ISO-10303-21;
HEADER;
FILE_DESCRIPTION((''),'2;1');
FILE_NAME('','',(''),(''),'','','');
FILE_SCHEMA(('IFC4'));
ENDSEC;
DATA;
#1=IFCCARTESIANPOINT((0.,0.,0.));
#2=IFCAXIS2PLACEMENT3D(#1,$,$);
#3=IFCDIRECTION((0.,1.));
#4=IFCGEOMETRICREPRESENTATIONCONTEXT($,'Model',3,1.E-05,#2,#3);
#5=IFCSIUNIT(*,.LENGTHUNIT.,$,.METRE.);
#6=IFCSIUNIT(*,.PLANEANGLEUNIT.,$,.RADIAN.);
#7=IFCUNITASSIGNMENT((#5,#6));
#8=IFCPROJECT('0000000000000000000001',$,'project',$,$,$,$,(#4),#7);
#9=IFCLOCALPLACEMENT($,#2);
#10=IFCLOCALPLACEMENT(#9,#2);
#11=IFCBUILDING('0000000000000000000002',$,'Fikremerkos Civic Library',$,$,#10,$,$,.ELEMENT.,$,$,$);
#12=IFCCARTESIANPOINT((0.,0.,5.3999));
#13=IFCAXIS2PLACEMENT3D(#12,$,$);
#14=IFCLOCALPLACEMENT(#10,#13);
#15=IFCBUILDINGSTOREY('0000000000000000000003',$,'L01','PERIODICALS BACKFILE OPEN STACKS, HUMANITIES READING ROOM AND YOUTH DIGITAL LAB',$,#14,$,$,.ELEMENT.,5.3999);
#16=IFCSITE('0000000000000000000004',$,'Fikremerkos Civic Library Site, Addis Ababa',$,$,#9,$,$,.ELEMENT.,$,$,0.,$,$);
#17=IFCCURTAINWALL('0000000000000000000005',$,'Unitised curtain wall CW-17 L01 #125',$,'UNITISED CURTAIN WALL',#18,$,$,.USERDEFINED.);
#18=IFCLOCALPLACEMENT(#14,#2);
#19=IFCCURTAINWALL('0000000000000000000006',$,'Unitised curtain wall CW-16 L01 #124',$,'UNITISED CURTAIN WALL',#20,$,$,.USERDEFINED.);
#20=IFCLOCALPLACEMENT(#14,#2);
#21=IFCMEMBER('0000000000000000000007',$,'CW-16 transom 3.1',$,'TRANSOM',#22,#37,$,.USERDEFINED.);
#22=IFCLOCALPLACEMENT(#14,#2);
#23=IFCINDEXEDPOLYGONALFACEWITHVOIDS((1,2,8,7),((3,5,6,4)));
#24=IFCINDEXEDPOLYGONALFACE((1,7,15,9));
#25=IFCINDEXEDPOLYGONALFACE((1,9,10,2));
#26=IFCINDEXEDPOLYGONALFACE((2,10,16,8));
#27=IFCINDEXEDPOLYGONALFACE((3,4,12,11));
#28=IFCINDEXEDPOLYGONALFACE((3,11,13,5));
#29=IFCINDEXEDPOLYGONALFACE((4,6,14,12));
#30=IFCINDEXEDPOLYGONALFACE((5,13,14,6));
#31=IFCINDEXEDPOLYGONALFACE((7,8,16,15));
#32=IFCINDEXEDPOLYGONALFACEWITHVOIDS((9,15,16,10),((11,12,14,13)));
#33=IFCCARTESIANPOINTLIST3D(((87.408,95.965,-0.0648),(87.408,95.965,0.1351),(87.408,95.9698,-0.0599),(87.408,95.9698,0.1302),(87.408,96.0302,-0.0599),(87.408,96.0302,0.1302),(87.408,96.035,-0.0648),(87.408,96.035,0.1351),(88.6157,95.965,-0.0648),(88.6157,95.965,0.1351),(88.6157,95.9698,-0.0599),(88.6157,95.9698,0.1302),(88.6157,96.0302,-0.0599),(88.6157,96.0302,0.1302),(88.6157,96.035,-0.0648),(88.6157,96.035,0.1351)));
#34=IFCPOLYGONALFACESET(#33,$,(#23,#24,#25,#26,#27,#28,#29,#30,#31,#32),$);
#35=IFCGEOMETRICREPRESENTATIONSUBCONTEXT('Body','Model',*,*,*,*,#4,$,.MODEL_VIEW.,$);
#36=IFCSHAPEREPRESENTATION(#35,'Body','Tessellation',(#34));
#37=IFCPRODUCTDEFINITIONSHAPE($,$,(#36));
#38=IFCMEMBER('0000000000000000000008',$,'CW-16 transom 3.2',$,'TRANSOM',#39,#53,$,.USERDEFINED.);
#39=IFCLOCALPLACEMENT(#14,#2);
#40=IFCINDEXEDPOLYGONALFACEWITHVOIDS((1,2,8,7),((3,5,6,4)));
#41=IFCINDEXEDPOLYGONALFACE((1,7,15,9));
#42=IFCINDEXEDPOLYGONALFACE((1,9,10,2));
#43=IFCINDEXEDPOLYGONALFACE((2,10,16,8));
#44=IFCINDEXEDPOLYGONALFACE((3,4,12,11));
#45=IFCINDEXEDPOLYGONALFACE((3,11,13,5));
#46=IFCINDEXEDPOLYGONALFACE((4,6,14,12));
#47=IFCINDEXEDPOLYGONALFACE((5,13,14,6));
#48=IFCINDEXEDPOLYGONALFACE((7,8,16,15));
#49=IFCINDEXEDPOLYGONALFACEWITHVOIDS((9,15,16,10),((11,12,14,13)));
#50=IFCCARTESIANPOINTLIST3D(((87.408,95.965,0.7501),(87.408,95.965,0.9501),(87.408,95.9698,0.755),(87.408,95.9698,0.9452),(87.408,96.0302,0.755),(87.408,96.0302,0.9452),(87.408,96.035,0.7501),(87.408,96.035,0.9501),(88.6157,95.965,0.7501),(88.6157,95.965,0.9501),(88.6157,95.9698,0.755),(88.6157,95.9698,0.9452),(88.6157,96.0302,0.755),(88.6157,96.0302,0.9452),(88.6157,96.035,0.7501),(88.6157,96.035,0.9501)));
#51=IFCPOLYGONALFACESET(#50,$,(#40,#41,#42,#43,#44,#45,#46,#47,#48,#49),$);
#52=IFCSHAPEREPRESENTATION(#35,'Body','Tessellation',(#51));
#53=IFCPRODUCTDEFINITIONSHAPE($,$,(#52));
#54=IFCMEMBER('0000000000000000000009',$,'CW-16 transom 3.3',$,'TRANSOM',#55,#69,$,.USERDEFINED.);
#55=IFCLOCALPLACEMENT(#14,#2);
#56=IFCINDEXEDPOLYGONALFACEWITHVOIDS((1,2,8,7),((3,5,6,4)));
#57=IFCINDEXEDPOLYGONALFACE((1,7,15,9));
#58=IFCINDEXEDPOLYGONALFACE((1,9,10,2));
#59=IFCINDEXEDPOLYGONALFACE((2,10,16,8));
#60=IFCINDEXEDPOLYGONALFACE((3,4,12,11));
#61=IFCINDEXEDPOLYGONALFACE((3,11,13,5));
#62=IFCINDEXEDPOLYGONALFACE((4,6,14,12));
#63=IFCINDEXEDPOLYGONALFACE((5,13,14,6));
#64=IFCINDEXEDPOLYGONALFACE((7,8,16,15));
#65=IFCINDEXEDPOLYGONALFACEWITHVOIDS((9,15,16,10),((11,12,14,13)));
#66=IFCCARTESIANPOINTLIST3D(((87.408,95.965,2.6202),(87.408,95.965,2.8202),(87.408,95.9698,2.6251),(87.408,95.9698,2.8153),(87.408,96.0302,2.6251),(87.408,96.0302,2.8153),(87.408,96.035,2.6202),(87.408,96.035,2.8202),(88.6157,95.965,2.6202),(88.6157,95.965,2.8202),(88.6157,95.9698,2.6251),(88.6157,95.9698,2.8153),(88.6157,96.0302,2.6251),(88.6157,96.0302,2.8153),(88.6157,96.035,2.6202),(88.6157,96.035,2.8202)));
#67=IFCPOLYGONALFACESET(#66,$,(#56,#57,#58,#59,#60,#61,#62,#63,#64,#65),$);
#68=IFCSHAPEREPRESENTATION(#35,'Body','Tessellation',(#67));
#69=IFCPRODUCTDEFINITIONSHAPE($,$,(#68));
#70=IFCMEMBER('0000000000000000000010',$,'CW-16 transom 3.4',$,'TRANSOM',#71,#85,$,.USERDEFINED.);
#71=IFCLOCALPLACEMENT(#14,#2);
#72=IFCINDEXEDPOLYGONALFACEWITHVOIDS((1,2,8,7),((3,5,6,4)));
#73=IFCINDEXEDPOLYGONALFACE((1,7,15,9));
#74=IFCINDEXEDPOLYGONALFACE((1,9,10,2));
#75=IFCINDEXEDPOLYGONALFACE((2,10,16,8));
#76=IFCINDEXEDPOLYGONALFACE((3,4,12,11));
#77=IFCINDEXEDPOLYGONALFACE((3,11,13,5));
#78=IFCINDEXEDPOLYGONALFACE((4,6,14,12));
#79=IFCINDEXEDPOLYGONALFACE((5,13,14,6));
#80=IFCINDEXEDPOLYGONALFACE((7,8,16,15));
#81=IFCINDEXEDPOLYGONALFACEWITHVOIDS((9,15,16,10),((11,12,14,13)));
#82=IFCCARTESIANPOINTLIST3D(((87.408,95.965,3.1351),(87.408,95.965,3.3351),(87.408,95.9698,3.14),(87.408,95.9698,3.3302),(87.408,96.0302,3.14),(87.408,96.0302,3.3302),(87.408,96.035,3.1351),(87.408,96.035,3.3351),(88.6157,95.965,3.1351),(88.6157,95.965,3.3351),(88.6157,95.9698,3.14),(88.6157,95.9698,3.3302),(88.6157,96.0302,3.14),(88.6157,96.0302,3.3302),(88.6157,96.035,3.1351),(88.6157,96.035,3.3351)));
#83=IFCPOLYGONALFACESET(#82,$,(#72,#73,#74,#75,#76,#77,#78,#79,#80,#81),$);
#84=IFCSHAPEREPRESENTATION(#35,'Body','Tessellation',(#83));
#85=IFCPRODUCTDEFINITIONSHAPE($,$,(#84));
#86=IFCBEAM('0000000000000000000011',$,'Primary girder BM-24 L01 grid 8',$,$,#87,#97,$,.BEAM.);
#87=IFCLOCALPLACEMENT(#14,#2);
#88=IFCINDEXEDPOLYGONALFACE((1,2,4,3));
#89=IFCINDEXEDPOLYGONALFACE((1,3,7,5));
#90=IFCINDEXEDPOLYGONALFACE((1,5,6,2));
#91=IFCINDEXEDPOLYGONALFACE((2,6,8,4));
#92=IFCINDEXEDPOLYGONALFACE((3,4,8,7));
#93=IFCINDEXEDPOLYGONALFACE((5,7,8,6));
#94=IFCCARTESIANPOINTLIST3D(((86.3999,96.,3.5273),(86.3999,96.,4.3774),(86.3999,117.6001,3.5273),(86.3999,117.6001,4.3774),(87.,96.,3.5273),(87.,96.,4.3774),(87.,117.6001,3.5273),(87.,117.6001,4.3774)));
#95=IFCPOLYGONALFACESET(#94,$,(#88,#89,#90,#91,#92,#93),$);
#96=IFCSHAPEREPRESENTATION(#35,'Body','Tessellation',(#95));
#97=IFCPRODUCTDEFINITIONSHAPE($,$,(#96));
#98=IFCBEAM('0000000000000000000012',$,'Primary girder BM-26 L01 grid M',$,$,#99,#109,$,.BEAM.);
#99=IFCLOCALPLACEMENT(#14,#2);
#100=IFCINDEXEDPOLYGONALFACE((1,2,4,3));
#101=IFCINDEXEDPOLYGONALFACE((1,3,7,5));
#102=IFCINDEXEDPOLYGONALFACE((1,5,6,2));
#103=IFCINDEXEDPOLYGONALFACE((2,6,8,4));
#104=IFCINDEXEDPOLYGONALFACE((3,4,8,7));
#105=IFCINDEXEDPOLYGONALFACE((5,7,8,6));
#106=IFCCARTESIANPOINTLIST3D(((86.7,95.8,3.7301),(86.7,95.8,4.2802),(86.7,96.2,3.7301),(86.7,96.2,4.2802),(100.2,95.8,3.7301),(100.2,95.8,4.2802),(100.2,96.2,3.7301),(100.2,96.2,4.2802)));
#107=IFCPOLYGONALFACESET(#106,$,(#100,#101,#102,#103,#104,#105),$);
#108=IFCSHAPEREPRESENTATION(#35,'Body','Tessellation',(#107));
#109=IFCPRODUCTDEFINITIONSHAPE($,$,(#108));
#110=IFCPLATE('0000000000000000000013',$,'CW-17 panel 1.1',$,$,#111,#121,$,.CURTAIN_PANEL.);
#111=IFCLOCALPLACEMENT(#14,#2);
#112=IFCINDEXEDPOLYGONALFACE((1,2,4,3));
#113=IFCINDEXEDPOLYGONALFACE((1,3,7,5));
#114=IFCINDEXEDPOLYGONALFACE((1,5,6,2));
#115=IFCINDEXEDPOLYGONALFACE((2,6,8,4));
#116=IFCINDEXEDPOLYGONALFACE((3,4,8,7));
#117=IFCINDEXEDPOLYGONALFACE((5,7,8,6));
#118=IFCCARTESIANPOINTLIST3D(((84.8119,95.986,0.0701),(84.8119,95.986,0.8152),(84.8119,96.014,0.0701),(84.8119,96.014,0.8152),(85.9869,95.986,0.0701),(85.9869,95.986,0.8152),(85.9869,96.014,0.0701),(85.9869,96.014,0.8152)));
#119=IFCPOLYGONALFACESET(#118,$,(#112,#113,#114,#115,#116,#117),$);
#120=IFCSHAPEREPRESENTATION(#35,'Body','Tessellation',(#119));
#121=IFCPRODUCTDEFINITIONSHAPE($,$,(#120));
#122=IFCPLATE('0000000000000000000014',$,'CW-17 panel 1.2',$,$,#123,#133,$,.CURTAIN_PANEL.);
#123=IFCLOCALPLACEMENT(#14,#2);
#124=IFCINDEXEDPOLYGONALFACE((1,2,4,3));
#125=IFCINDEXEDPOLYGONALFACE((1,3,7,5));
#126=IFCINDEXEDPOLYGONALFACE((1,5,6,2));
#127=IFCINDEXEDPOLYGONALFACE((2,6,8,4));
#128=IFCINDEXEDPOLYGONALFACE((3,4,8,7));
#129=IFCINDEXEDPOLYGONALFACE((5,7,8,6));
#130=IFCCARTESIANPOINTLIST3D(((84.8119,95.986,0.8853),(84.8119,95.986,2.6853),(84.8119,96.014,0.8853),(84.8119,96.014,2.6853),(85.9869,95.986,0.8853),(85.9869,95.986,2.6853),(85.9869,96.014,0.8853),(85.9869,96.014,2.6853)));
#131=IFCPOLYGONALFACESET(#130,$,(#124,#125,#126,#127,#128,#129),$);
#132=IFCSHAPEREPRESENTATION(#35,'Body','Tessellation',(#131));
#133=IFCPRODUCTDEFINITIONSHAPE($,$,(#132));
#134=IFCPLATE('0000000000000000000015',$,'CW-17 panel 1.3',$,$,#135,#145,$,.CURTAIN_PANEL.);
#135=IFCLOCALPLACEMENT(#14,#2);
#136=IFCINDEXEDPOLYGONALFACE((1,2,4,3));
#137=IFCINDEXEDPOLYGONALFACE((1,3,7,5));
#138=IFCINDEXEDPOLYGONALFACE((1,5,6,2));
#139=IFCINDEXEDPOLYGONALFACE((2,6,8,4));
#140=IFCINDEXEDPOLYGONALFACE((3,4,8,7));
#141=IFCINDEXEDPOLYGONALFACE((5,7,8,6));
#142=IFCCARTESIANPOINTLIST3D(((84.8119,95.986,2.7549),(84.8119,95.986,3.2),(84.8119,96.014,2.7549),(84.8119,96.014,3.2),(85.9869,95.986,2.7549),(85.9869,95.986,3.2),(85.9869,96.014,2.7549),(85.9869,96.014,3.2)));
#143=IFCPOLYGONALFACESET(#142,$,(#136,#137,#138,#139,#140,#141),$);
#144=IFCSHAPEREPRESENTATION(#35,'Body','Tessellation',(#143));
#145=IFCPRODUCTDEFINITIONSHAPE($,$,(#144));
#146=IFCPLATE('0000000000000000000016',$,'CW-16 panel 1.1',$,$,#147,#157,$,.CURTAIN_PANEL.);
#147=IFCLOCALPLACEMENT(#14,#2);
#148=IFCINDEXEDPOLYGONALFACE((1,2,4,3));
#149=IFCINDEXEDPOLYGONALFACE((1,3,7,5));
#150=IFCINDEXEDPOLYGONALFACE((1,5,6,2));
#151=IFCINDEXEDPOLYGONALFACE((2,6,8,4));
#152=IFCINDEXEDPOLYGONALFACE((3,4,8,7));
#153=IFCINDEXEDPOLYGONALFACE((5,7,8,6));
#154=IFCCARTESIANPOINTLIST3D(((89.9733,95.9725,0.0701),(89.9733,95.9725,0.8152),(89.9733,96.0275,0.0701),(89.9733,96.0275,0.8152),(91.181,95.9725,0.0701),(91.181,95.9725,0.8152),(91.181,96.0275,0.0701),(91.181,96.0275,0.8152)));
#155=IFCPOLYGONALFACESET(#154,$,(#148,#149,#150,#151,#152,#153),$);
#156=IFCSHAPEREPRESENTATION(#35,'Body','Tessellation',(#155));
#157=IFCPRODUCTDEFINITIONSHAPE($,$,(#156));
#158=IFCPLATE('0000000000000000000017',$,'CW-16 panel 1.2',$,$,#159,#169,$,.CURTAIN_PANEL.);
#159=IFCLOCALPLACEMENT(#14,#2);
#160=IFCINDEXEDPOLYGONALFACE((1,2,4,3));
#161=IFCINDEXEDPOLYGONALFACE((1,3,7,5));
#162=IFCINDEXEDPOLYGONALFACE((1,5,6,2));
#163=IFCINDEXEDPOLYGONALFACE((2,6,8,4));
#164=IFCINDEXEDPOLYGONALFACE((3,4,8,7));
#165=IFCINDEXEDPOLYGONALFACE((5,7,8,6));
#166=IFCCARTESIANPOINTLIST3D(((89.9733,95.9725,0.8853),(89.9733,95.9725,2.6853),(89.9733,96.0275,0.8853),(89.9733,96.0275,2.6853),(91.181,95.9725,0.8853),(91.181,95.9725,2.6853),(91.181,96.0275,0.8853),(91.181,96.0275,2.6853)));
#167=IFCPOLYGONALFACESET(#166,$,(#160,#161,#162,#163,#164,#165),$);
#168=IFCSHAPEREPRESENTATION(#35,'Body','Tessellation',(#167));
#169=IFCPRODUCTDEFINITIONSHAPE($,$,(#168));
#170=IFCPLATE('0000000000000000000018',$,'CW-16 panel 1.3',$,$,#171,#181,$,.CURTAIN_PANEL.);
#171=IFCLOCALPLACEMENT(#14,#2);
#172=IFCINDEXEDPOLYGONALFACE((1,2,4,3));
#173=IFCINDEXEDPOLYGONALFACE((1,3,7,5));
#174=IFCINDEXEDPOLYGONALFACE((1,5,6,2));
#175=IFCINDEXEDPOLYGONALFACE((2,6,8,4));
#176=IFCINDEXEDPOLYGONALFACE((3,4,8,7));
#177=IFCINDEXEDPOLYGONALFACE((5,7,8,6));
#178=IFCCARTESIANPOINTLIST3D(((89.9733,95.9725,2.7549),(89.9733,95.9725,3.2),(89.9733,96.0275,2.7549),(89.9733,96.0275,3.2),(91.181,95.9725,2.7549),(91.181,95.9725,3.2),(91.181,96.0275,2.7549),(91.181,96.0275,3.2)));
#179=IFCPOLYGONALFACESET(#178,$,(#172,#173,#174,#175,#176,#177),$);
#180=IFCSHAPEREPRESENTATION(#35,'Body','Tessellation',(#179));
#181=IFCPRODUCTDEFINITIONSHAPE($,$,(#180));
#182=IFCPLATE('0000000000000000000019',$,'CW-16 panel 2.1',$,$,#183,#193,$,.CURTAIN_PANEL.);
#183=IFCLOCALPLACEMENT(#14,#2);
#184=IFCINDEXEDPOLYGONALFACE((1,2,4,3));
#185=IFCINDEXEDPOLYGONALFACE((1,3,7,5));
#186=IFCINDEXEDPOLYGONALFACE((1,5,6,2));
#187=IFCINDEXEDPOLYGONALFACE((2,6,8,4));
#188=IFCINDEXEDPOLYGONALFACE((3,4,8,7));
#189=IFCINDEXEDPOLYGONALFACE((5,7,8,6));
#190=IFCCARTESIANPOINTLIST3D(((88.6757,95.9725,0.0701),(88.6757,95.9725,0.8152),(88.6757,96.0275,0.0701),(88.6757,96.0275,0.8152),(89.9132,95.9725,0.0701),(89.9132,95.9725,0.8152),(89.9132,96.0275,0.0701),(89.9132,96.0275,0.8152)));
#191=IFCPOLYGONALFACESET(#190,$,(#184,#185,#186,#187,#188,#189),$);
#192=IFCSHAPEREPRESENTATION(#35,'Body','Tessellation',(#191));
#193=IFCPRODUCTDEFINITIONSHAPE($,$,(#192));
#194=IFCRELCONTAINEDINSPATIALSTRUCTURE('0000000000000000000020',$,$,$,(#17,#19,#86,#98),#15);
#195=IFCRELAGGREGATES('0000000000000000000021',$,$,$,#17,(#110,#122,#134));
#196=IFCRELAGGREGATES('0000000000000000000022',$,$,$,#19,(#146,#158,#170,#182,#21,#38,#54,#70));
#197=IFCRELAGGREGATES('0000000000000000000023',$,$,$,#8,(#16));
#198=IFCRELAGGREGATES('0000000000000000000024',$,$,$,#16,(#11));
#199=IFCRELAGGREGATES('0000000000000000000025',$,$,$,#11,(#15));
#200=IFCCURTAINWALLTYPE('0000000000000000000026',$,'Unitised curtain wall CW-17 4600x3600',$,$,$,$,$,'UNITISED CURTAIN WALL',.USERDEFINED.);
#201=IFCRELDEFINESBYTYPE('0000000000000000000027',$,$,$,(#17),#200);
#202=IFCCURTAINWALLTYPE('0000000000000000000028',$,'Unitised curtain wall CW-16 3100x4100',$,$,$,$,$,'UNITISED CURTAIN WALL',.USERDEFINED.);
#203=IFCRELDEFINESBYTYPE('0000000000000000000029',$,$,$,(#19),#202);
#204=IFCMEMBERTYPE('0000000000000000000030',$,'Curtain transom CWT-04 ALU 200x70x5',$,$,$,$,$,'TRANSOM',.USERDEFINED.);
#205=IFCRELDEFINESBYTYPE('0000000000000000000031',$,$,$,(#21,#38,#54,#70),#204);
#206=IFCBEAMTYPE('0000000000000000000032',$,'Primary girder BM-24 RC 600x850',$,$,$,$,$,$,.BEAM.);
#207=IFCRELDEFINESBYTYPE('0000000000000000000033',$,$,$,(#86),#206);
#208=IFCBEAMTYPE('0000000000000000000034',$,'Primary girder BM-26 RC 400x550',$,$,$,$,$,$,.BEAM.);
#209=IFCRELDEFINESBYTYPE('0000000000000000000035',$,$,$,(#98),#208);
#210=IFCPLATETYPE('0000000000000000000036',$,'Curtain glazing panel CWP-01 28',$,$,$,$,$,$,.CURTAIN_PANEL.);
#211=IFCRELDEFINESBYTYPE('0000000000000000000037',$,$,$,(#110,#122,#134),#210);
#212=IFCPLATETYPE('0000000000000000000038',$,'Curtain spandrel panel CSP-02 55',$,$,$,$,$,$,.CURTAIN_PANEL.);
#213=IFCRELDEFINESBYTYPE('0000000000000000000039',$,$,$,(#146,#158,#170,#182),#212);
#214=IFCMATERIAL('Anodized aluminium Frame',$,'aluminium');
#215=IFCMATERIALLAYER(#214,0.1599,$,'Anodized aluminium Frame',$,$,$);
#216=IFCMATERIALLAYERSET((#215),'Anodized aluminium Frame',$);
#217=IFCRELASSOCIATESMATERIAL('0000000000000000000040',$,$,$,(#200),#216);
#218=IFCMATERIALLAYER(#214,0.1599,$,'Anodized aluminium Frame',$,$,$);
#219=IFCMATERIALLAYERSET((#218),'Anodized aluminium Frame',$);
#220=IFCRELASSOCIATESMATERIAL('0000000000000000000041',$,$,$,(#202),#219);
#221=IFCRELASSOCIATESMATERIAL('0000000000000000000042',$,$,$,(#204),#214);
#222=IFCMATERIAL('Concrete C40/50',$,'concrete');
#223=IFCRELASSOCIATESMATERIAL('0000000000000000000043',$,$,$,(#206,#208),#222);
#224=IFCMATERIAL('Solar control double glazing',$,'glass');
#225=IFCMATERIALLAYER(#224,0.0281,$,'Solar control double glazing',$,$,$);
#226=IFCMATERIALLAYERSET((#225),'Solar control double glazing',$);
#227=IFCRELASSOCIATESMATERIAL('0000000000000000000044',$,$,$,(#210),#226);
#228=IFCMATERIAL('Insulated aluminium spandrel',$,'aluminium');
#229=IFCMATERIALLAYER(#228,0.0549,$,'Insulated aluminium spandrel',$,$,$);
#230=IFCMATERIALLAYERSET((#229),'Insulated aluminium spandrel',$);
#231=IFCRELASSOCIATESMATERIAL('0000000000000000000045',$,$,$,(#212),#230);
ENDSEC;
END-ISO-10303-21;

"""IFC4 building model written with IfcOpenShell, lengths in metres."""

from ifc_helpers import new_model, si_unit, direction, frame, origin, origin_2d, place, context, subcontext, project, spatial, rectangle, hollow_rectangle, extrude, material, layer, layer_set, material_profile, profile_set, type_object, element, aggregate, save


model = new_model("IFC4")

# Units and contexts
model_context = context("Model", 3, precision=1e-05, world=origin(), true_north=direction((0.0, 1.0)))
body_context = subcontext(model_context, "Body", "Model", "MODEL_VIEW")
ifc_project = project(units=[si_unit("LENGTHUNIT", "METRE"), si_unit("PLANEANGLEUNIT", "RADIAN")], contexts=[model_context])

# Site, building, storey
site_placement = place(None, origin())
site = spatial("IfcSite", under=ifc_project, at=site_placement, Name="Fikremerkos Civic Library Site, Addis Ababa", CompositionType="ELEMENT", RefElevation=0.0)
building_placement = place(site_placement, origin())
building = spatial("IfcBuilding", under=site, at=building_placement, Name="Fikremerkos Civic Library", CompositionType="ELEMENT")
storey_placement = place(building_placement, frame((0.0, 0.0, 5.3999)))
storey = spatial("IfcBuildingStorey", under=building, at=storey_placement, Name="L01", Description="PERIODICALS BACKFILE OPEN STACKS, HUMANITIES READING ROOM AND YOUTH DIGITAL LAB", CompositionType="ELEMENT", Elevation=5.3999)

# Shared definitions
ifc_material_1 = material(Name="Concrete C40/50", Category="concrete")

# Curtain walls
ifc_material_2 = material(Name="Anodized aluminium Frame", Category="aluminium")
ifc_layer_1 = layer(ifc_material_2, 0.1599, Name="Anodized aluminium Frame")
ifc_layer_set_1 = layer_set([ifc_layer_1], Name="Anodized aluminium Frame")
curtain_wall_type_1 = type_object("IfcCurtainWallType", Name="Unitised curtain wall CW-17 4600x3600", ElementType="UNITISED CURTAIN WALL", PredefinedType="USERDEFINED", material=ifc_layer_set_1)
curtain_wall_1_placement = place(storey_placement, origin())
curtain_wall_1 = element("IfcCurtainWall", 1, at=curtain_wall_1_placement, inside=storey, type_object=curtain_wall_type_1, Name="Unitised curtain wall CW-17 L01 #125", ObjectType="UNITISED CURTAIN WALL", PredefinedType="USERDEFINED")
ifc_layer_2 = layer(ifc_material_2, 0.1599, Name="Anodized aluminium Frame")
ifc_layer_set_2 = layer_set([ifc_layer_2], Name="Anodized aluminium Frame")
curtain_wall_type_2 = type_object("IfcCurtainWallType", Name="Unitised curtain wall CW-16 3100x4100", ElementType="UNITISED CURTAIN WALL", PredefinedType="USERDEFINED", material=ifc_layer_set_2)
curtain_wall_2_placement = place(storey_placement, origin())
curtain_wall_2 = element("IfcCurtainWall", 2, at=curtain_wall_2_placement, inside=storey, type_object=curtain_wall_type_2, Name="Unitised curtain wall CW-16 L01 #124", ObjectType="UNITISED CURTAIN WALL", PredefinedType="USERDEFINED")

# Members
ifc_material_profile_1 = material_profile(ifc_material_2, hollow_rectangle(XDim=0.0701, YDim=0.2, WallThickness=0.0049, at=origin_2d()), Name="ALU 200x70x5")
ifc_profile_set_1 = profile_set([ifc_material_profile_1], Name="Anodized aluminium Frame")
member_type_1 = type_object("IfcMemberType", Name="Curtain transom CWT-04 ALU 200x70x5", ElementType="TRANSOM", PredefinedType="USERDEFINED", material=ifc_profile_set_1)
member_1_placement = place(storey_placement, frame((88.6157, 96.0, 0.0352), z_axis=(-1.0, 0.0, 0.0), x_axis=(0.0, -1.0, 0.0)))
member_1 = element("IfcMember", 3, at=member_1_placement, type_object=member_type_1, Name="CW-16 transom 3.1", ObjectType="TRANSOM", PredefinedType="USERDEFINED", context=body_context, shape_type="SweptSolid", body=[
    extrude(hollow_rectangle(XDim=0.0701, YDim=0.2, WallThickness=0.0049, at=origin_2d()), origin(), (0.0, 0.0, 1.0), 1.2078),
])
member_2_placement = place(storey_placement, frame((88.6157, 96.0, 0.8501), z_axis=(-1.0, 0.0, 0.0), x_axis=(0.0, -1.0, 0.0)))
member_2 = element("IfcMember", 4, at=member_2_placement, type_object=member_type_1, Name="CW-16 transom 3.2", ObjectType="TRANSOM", PredefinedType="USERDEFINED", context=body_context, shape_type="SweptSolid", body=[
    extrude(hollow_rectangle(XDim=0.0701, YDim=0.2, WallThickness=0.0049, at=origin_2d()), origin(), (0.0, 0.0, 1.0), 1.2078),
])
member_3_placement = place(storey_placement, frame((88.6157, 96.0, 2.7202), z_axis=(-1.0, 0.0, 0.0), x_axis=(0.0, -1.0, 0.0)))
member_3 = element("IfcMember", 5, at=member_3_placement, type_object=member_type_1, Name="CW-16 transom 3.3", ObjectType="TRANSOM", PredefinedType="USERDEFINED", context=body_context, shape_type="SweptSolid", body=[
    extrude(hollow_rectangle(XDim=0.0701, YDim=0.2, WallThickness=0.0049, at=origin_2d()), origin(), (0.0, 0.0, 1.0), 1.2078),
])
member_4_placement = place(storey_placement, frame((88.6157, 96.0, 3.2351), z_axis=(-1.0, 0.0, 0.0), x_axis=(0.0, -1.0, 0.0)))
member_4 = element("IfcMember", 6, at=member_4_placement, type_object=member_type_1, Name="CW-16 transom 3.4", ObjectType="TRANSOM", PredefinedType="USERDEFINED", context=body_context, shape_type="SweptSolid", body=[
    extrude(hollow_rectangle(XDim=0.0701, YDim=0.2, WallThickness=0.0049, at=origin_2d()), origin(), (0.0, 0.0, 1.0), 1.2078),
])

# Beams
ifc_material_profile_2 = material_profile(ifc_material_1, rectangle(XDim=0.6001, YDim=0.8501, at=origin_2d()), Name="RC 600x850")
ifc_profile_set_2 = profile_set([ifc_material_profile_2], Name="Concrete C40/50")
beam_type_1 = type_object("IfcBeamType", Name="Primary girder BM-24 RC 600x850", PredefinedType="BEAM", material=ifc_profile_set_2)
beam_1_placement = place(storey_placement, frame((86.7, 96.0, 3.9524), z_axis=(0.0, 1.0, 0.0), x_axis=(-1.0, 0.0, 0.0)))
element("IfcBeam", 7, at=beam_1_placement, inside=storey, type_object=beam_type_1, Name="Primary girder BM-24 L01 grid 8", PredefinedType="BEAM", context=body_context, shape_type="SweptSolid", body=[
    extrude(rectangle(XDim=0.6001, YDim=0.8501, at=origin_2d()), origin(), (0.0, 0.0, 1.0), 21.6001),
])
ifc_material_profile_3 = material_profile(ifc_material_1, rectangle(XDim=0.3999, YDim=0.55, at=origin_2d()), Name="RC 400x550")
ifc_profile_set_3 = profile_set([ifc_material_profile_3], Name="Concrete C40/50")
beam_type_2 = type_object("IfcBeamType", Name="Primary girder BM-26 RC 400x550", PredefinedType="BEAM", material=ifc_profile_set_3)
beam_2_placement = place(storey_placement, frame((86.7, 96.0, 4.0051), z_axis=(1.0, 0.0, 0.0), x_axis=(0.0, 1.0, 0.0)))
element("IfcBeam", 8, at=beam_2_placement, inside=storey, type_object=beam_type_2, Name="Primary girder BM-26 L01 grid M", PredefinedType="BEAM", context=body_context, shape_type="SweptSolid", body=[
    extrude(rectangle(XDim=0.3999, YDim=0.55, at=origin_2d()), origin(), (0.0, 0.0, 1.0), 13.5),
])

# Plates
ifc_material_3 = material(Name="Solar control double glazing", Category="glass")
ifc_layer_3 = layer(ifc_material_3, 0.0281, Name="Solar control double glazing")
ifc_layer_set_3 = layer_set([ifc_layer_3], Name="Solar control double glazing")
plate_type_1 = type_object("IfcPlateType", Name="Curtain glazing panel CWP-01 28", PredefinedType="CURTAIN_PANEL", material=ifc_layer_set_3)
plate_1_placement = place(storey_placement, frame((85.3994, 96.0, 0.0701), z_axis=(0.0, 0.0, 1.0), x_axis=(-1.0, 0.0, 0.0)))
plate_1 = element("IfcPlate", 9, at=plate_1_placement, type_object=plate_type_1, Name="CW-17 panel 1.1", PredefinedType="CURTAIN_PANEL", context=body_context, shape_type="SweptSolid", body=[
    extrude(rectangle(XDim=1.175, YDim=0.0281, at=origin_2d()), origin(), (0.0, 0.0, 1.0), 0.7451),
])
plate_2_placement = place(storey_placement, frame((85.3994, 96.0, 0.8853), z_axis=(0.0, 0.0, 1.0), x_axis=(-1.0, 0.0, 0.0)))
plate_2 = element("IfcPlate", 10, at=plate_2_placement, type_object=plate_type_1, Name="CW-17 panel 1.2", PredefinedType="CURTAIN_PANEL", context=body_context, shape_type="SweptSolid", body=[
    extrude(rectangle(XDim=1.175, YDim=0.0281, at=origin_2d()), origin(), (0.0, 0.0, 1.0), 1.8),
])
plate_3_placement = place(storey_placement, frame((85.3994, 96.0, 2.7549), z_axis=(0.0, 0.0, 1.0), x_axis=(-1.0, 0.0, 0.0)))
plate_3 = element("IfcPlate", 11, at=plate_3_placement, type_object=plate_type_1, Name="CW-17 panel 1.3", PredefinedType="CURTAIN_PANEL", context=body_context, shape_type="SweptSolid", body=[
    extrude(rectangle(XDim=1.175, YDim=0.0281, at=origin_2d()), origin(), (0.0, 0.0, 1.0), 0.4451),
])
aggregate(curtain_wall_1, [plate_1, plate_2, plate_3])
ifc_material_4 = material(Name="Insulated aluminium spandrel", Category="aluminium")
ifc_layer_4 = layer(ifc_material_4, 0.0549, Name="Insulated aluminium spandrel")
ifc_layer_set_4 = layer_set([ifc_layer_4], Name="Insulated aluminium spandrel")
plate_type_2 = type_object("IfcPlateType", Name="Curtain spandrel panel CSP-02 55", PredefinedType="CURTAIN_PANEL", material=ifc_layer_set_4)
plate_4_placement = place(storey_placement, frame((90.5771, 96.0, 0.0701), z_axis=(0.0, 0.0, 1.0), x_axis=(-1.0, 0.0, 0.0)))
plate_4 = element("IfcPlate", 12, at=plate_4_placement, type_object=plate_type_2, Name="CW-16 panel 1.1", PredefinedType="CURTAIN_PANEL", context=body_context, shape_type="SweptSolid", body=[
    extrude(rectangle(XDim=1.2078, YDim=0.0549, at=origin_2d()), origin(), (0.0, 0.0, 1.0), 0.7451),
])
plate_5_placement = place(storey_placement, frame((90.5771, 96.0, 0.8853), z_axis=(0.0, 0.0, 1.0), x_axis=(-1.0, 0.0, 0.0)))
plate_5 = element("IfcPlate", 13, at=plate_5_placement, type_object=plate_type_2, Name="CW-16 panel 1.2", PredefinedType="CURTAIN_PANEL", context=body_context, shape_type="SweptSolid", body=[
    extrude(rectangle(XDim=1.2078, YDim=0.0549, at=origin_2d()), origin(), (0.0, 0.0, 1.0), 1.8),
])
plate_6_placement = place(storey_placement, frame((90.5771, 96.0, 2.7549), z_axis=(0.0, 0.0, 1.0), x_axis=(-1.0, 0.0, 0.0)))
plate_6 = element("IfcPlate", 14, at=plate_6_placement, type_object=plate_type_2, Name="CW-16 panel 1.3", PredefinedType="CURTAIN_PANEL", context=body_context, shape_type="SweptSolid", body=[
    extrude(rectangle(XDim=1.2078, YDim=0.0549, at=origin_2d()), origin(), (0.0, 0.0, 1.0), 0.4451),
])
plate_7_placement = place(storey_placement, frame((89.2944, 96.0, 0.0701), z_axis=(0.0, 0.0, 1.0), x_axis=(-1.0, 0.0, 0.0)))
plate_7 = element("IfcPlate", 15, at=plate_7_placement, type_object=plate_type_2, Name="CW-16 panel 2.1", PredefinedType="CURTAIN_PANEL", context=body_context, shape_type="SweptSolid", body=[
    extrude(rectangle(XDim=1.2375, YDim=0.0549, at=origin_2d()), origin(), (0.0, 0.0, 1.0), 0.7451),
])
aggregate(curtain_wall_2, [plate_4, plate_5, plate_6, plate_7, member_1, member_2, member_3, member_4])

save(model, "model.ifc")
